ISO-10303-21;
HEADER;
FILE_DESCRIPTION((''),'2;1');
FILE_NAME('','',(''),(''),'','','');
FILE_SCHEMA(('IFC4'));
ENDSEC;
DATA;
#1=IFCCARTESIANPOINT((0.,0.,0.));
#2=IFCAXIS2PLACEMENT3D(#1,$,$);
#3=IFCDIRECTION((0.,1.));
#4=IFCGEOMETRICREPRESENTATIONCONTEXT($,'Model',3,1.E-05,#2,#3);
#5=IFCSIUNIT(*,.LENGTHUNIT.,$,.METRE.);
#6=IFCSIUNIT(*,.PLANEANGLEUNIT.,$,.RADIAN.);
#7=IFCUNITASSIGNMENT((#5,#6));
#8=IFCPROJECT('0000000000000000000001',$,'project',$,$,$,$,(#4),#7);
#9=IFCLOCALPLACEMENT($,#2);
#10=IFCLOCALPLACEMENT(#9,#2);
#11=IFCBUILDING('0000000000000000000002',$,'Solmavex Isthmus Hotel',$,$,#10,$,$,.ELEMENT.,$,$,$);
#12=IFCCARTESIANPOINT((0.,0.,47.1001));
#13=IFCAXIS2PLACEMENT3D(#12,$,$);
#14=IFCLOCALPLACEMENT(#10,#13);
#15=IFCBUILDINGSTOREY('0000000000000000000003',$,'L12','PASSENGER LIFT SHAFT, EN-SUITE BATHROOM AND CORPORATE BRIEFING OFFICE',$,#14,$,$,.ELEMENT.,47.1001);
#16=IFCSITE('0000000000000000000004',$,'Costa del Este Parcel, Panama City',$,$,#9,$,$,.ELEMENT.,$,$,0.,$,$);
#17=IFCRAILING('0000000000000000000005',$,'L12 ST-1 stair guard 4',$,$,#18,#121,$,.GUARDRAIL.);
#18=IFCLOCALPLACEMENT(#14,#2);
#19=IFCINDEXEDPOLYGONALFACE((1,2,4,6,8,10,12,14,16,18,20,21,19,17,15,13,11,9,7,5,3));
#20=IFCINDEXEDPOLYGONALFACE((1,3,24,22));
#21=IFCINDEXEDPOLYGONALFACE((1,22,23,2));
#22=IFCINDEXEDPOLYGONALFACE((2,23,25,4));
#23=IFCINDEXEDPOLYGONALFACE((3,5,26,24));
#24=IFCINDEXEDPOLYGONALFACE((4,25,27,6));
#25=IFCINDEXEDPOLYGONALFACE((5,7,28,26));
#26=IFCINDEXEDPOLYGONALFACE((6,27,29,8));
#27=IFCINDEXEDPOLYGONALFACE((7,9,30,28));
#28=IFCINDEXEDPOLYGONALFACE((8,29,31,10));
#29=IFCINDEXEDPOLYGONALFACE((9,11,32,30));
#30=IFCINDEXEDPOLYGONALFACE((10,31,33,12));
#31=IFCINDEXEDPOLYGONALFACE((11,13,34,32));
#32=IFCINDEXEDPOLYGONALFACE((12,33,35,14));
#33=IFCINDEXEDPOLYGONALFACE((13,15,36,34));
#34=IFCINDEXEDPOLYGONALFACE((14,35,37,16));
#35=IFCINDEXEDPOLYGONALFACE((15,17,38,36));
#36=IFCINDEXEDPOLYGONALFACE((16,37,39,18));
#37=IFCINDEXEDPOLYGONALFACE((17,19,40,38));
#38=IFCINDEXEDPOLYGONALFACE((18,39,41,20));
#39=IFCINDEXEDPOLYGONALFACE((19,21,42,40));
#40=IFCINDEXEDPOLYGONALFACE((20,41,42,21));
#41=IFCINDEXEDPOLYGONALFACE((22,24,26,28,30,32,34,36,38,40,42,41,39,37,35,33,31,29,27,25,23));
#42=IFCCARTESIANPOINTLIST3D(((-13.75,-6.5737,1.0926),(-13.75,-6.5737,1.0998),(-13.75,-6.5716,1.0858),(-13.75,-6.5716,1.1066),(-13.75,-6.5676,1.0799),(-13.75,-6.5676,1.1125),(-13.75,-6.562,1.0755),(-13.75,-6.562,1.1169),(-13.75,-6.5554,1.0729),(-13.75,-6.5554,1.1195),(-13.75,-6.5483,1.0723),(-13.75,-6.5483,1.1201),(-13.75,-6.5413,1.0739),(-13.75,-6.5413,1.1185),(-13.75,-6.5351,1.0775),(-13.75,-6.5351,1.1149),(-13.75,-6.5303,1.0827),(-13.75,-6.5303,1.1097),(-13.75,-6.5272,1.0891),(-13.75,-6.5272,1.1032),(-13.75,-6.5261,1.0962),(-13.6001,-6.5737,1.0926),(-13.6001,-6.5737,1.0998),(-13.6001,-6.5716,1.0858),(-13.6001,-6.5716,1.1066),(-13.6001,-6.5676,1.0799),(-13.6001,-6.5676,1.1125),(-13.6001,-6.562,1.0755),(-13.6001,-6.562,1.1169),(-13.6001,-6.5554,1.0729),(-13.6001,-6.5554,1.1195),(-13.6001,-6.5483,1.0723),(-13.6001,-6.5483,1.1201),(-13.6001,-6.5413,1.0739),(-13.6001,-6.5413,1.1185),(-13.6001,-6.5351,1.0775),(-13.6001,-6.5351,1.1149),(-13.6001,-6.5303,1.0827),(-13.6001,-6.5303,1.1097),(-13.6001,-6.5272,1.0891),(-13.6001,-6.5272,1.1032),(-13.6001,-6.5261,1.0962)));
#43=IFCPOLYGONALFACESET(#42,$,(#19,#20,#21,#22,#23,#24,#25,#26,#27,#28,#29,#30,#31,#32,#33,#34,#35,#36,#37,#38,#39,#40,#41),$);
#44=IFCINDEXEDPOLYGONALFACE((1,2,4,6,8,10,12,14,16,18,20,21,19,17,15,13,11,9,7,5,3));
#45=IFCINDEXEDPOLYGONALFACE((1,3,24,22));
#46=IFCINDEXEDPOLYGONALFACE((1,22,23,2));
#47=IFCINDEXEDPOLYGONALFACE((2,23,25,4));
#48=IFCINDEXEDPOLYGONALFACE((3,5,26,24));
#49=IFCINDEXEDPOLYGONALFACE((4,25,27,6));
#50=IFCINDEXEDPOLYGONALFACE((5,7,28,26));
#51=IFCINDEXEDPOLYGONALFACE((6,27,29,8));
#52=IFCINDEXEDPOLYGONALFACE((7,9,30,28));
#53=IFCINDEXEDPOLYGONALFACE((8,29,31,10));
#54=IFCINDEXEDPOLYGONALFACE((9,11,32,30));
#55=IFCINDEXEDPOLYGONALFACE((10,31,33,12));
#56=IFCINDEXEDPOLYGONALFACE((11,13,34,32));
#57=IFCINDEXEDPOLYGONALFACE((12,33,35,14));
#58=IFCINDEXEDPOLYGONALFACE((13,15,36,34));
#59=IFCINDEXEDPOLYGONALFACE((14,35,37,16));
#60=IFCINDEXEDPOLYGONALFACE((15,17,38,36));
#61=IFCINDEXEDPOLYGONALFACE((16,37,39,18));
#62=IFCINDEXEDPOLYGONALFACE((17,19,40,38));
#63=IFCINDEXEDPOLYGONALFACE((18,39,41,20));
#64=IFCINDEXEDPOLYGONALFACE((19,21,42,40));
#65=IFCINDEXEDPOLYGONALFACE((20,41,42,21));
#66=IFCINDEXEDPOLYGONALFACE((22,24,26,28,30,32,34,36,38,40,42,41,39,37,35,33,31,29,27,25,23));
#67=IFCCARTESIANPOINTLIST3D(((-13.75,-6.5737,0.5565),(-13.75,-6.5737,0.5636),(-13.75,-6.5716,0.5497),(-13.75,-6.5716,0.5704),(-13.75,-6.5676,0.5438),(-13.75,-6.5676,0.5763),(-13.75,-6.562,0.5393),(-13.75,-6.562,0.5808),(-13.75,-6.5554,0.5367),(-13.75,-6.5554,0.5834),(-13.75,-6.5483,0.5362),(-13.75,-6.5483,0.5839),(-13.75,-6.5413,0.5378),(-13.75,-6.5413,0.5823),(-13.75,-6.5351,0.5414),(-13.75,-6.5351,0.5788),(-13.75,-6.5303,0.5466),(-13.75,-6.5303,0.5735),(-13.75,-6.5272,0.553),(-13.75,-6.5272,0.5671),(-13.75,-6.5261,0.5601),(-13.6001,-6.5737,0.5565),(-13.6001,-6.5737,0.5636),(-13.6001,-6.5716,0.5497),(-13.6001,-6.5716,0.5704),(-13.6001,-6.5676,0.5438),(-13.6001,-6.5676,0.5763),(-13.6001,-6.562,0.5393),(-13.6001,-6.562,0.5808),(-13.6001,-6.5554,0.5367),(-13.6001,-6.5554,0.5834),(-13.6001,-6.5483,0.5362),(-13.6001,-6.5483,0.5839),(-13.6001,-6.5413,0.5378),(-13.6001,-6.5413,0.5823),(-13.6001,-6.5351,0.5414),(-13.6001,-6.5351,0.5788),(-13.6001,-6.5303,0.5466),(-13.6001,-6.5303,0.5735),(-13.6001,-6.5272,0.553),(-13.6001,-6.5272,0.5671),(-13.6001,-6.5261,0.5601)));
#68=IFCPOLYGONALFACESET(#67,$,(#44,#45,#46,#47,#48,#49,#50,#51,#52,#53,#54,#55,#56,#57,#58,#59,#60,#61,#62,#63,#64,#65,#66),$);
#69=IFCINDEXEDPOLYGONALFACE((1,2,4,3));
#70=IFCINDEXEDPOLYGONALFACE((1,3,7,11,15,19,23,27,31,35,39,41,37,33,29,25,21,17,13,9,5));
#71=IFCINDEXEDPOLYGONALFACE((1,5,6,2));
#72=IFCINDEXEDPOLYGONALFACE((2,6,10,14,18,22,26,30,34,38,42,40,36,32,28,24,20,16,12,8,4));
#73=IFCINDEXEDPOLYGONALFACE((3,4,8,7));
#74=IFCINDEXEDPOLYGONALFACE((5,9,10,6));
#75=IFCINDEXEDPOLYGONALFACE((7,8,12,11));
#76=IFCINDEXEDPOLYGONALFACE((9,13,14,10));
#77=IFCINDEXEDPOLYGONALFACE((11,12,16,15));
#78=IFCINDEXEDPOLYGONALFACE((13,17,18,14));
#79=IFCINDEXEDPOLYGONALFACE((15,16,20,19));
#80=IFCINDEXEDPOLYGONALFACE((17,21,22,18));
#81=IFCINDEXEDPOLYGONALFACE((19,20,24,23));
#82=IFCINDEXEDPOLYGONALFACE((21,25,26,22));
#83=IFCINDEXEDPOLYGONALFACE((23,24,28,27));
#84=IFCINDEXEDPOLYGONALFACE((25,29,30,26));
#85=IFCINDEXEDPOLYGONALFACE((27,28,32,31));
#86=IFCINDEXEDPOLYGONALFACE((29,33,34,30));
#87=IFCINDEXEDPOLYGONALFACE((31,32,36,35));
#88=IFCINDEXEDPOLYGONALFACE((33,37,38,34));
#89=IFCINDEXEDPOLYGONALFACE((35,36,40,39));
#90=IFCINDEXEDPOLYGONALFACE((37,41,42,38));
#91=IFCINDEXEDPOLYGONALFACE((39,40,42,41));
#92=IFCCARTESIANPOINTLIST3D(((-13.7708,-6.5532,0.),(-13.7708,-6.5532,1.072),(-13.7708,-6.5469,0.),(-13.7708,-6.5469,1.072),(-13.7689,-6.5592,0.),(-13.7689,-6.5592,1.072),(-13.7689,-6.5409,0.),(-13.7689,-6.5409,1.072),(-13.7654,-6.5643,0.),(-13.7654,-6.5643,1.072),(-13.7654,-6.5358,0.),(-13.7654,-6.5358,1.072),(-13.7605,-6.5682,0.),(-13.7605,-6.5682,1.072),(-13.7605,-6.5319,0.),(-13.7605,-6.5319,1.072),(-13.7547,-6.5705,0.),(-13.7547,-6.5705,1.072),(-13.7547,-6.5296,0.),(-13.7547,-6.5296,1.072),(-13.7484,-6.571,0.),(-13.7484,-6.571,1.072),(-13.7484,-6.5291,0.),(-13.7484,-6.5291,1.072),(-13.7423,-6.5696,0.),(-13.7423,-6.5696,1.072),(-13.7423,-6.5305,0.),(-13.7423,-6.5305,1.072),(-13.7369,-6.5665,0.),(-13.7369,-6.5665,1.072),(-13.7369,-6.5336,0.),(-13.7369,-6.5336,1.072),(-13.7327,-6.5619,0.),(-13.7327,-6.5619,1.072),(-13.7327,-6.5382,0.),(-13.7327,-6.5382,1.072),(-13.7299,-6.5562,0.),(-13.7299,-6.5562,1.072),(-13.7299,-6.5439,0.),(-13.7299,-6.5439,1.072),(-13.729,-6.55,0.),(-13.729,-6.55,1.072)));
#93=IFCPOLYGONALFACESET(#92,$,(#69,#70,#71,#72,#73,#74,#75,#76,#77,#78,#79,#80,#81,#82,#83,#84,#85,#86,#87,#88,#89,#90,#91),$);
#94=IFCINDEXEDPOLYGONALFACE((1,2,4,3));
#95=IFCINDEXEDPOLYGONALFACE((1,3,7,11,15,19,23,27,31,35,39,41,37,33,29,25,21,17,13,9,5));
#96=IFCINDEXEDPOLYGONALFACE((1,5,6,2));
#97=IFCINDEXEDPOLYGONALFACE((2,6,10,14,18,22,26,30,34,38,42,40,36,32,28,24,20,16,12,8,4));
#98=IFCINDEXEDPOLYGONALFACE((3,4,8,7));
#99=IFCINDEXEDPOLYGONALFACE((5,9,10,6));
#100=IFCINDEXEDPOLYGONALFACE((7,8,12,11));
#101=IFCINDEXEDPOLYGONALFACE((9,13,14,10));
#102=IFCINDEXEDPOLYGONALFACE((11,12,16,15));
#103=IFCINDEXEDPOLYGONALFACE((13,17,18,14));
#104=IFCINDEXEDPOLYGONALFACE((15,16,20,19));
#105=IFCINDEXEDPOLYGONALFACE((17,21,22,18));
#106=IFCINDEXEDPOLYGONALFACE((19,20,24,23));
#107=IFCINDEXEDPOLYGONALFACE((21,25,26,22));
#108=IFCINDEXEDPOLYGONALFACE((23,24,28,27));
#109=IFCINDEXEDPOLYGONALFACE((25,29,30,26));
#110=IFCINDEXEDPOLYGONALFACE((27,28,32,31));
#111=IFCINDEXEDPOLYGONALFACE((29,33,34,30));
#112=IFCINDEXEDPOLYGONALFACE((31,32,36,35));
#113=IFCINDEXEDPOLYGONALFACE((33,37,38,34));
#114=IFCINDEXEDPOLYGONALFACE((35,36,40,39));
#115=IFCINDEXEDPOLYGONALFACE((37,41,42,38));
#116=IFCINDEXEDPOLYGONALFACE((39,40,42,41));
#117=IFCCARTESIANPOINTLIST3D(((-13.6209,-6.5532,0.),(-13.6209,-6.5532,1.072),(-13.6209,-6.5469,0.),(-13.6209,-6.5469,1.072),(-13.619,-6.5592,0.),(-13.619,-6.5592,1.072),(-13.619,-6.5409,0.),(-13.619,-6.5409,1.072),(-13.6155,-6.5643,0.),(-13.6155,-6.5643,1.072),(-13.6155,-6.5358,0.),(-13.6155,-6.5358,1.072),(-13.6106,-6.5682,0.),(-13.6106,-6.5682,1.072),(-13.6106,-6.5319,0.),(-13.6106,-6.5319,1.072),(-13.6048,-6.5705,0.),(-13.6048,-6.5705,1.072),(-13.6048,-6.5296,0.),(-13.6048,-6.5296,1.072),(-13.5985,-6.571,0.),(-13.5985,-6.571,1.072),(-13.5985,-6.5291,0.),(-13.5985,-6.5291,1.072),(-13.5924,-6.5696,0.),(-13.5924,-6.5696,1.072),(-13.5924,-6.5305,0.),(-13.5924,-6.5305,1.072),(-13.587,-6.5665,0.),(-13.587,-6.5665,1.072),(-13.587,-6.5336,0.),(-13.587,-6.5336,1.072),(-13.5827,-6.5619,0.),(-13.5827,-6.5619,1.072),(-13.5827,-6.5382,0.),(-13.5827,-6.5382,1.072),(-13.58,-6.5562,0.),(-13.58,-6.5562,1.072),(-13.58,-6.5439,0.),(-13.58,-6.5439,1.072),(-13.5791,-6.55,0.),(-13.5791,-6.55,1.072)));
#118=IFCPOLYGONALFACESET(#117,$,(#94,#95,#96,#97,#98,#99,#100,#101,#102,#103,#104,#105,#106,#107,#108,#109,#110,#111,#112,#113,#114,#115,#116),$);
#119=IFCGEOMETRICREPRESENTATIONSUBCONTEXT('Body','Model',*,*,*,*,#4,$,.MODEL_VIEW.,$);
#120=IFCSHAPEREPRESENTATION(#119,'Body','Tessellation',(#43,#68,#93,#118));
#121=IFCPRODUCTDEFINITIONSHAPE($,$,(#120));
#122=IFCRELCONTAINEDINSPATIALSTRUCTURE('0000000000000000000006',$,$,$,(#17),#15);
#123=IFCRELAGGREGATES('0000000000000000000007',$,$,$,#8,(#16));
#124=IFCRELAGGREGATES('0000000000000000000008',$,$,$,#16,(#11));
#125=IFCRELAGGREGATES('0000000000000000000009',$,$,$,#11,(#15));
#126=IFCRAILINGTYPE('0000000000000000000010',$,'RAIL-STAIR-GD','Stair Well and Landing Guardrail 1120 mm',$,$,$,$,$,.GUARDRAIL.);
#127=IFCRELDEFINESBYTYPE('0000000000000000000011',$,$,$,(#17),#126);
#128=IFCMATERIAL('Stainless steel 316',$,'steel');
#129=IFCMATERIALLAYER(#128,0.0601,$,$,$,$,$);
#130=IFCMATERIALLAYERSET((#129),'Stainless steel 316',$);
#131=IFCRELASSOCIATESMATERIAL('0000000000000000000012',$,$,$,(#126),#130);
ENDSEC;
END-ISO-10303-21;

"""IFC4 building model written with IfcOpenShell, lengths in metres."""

from ifc_helpers import new_model, si_unit, direction, frame, origin, origin_2d, place, context, subcontext, project, spatial, circle, extrude, material, layer, layer_set, type_object, element, save


model = new_model("IFC4")

# Units and contexts
model_context = context("Model", 3, precision=1e-05, world=origin(), true_north=direction((0.0, 1.0)))
body_context = subcontext(model_context, "Body", "Model", "MODEL_VIEW")
ifc_project = project(units=[si_unit("LENGTHUNIT", "METRE"), si_unit("PLANEANGLEUNIT", "RADIAN")], contexts=[model_context])

# Site, building, storey
site_placement = place(None, origin())
site = spatial("IfcSite", under=ifc_project, at=site_placement, Name="Costa del Este Parcel, Panama City", CompositionType="ELEMENT", RefElevation=0.0)
building_placement = place(site_placement, origin())
building = spatial("IfcBuilding", under=site, at=building_placement, Name="Solmavex Isthmus Hotel", CompositionType="ELEMENT")
storey_placement = place(building_placement, frame((0.0, 0.0, 47.1001)))
storey = spatial("IfcBuildingStorey", under=building, at=storey_placement, Name="L12", Description="PASSENGER LIFT SHAFT, EN-SUITE BATHROOM AND CORPORATE BRIEFING OFFICE", CompositionType="ELEMENT", Elevation=47.1001)

# Shared definitions
ifc_material_1 = material(Name="Stainless steel 316", Category="steel")

# Railing
ifc_layer_1 = layer(ifc_material_1, 0.0601)
ifc_layer_set_1 = layer_set([ifc_layer_1], Name="Stainless steel 316")
railing_type_1 = type_object("IfcRailingType", Name="RAIL-STAIR-GD", Description="Stair Well and Landing Guardrail 1120 mm", PredefinedType="GUARDRAIL", material=ifc_layer_set_1)
railing_1_placement = place(storey_placement, frame((-13.75, -6.55, 0.0)))
element("IfcRailing", 1, at=railing_1_placement, inside=storey, type_object=railing_type_1, Name="L12 ST-1 stair guard 4", PredefinedType="GUARDRAIL", context=body_context, shape_type="SweptSolid", body=[
    extrude(circle(Radius=0.0239, at=origin_2d()), frame((0.0, 0.0, 1.0962), z_axis=(1.0, 0.0, 0.0), x_axis=(0.0, 1.0, 0.0)), (0.0, 0.0, 1.0), 0.1499),
    extrude(circle(Radius=0.0239, at=origin_2d()), frame((0.0, 0.0, 0.5601), z_axis=(1.0, 0.0, 0.0), x_axis=(0.0, 1.0, 0.0)), (0.0, 0.0, 1.0), 0.1499),
    extrude(circle(Radius=0.021, at=origin_2d()), origin(), (0.0, 0.0, 1.0), 1.072),
    extrude(circle(Radius=0.021, at=origin_2d()), frame((0.1499, 0.0, 0.0)), (0.0, 0.0, 1.0), 1.072),
])

save(model, "model.ifc")
